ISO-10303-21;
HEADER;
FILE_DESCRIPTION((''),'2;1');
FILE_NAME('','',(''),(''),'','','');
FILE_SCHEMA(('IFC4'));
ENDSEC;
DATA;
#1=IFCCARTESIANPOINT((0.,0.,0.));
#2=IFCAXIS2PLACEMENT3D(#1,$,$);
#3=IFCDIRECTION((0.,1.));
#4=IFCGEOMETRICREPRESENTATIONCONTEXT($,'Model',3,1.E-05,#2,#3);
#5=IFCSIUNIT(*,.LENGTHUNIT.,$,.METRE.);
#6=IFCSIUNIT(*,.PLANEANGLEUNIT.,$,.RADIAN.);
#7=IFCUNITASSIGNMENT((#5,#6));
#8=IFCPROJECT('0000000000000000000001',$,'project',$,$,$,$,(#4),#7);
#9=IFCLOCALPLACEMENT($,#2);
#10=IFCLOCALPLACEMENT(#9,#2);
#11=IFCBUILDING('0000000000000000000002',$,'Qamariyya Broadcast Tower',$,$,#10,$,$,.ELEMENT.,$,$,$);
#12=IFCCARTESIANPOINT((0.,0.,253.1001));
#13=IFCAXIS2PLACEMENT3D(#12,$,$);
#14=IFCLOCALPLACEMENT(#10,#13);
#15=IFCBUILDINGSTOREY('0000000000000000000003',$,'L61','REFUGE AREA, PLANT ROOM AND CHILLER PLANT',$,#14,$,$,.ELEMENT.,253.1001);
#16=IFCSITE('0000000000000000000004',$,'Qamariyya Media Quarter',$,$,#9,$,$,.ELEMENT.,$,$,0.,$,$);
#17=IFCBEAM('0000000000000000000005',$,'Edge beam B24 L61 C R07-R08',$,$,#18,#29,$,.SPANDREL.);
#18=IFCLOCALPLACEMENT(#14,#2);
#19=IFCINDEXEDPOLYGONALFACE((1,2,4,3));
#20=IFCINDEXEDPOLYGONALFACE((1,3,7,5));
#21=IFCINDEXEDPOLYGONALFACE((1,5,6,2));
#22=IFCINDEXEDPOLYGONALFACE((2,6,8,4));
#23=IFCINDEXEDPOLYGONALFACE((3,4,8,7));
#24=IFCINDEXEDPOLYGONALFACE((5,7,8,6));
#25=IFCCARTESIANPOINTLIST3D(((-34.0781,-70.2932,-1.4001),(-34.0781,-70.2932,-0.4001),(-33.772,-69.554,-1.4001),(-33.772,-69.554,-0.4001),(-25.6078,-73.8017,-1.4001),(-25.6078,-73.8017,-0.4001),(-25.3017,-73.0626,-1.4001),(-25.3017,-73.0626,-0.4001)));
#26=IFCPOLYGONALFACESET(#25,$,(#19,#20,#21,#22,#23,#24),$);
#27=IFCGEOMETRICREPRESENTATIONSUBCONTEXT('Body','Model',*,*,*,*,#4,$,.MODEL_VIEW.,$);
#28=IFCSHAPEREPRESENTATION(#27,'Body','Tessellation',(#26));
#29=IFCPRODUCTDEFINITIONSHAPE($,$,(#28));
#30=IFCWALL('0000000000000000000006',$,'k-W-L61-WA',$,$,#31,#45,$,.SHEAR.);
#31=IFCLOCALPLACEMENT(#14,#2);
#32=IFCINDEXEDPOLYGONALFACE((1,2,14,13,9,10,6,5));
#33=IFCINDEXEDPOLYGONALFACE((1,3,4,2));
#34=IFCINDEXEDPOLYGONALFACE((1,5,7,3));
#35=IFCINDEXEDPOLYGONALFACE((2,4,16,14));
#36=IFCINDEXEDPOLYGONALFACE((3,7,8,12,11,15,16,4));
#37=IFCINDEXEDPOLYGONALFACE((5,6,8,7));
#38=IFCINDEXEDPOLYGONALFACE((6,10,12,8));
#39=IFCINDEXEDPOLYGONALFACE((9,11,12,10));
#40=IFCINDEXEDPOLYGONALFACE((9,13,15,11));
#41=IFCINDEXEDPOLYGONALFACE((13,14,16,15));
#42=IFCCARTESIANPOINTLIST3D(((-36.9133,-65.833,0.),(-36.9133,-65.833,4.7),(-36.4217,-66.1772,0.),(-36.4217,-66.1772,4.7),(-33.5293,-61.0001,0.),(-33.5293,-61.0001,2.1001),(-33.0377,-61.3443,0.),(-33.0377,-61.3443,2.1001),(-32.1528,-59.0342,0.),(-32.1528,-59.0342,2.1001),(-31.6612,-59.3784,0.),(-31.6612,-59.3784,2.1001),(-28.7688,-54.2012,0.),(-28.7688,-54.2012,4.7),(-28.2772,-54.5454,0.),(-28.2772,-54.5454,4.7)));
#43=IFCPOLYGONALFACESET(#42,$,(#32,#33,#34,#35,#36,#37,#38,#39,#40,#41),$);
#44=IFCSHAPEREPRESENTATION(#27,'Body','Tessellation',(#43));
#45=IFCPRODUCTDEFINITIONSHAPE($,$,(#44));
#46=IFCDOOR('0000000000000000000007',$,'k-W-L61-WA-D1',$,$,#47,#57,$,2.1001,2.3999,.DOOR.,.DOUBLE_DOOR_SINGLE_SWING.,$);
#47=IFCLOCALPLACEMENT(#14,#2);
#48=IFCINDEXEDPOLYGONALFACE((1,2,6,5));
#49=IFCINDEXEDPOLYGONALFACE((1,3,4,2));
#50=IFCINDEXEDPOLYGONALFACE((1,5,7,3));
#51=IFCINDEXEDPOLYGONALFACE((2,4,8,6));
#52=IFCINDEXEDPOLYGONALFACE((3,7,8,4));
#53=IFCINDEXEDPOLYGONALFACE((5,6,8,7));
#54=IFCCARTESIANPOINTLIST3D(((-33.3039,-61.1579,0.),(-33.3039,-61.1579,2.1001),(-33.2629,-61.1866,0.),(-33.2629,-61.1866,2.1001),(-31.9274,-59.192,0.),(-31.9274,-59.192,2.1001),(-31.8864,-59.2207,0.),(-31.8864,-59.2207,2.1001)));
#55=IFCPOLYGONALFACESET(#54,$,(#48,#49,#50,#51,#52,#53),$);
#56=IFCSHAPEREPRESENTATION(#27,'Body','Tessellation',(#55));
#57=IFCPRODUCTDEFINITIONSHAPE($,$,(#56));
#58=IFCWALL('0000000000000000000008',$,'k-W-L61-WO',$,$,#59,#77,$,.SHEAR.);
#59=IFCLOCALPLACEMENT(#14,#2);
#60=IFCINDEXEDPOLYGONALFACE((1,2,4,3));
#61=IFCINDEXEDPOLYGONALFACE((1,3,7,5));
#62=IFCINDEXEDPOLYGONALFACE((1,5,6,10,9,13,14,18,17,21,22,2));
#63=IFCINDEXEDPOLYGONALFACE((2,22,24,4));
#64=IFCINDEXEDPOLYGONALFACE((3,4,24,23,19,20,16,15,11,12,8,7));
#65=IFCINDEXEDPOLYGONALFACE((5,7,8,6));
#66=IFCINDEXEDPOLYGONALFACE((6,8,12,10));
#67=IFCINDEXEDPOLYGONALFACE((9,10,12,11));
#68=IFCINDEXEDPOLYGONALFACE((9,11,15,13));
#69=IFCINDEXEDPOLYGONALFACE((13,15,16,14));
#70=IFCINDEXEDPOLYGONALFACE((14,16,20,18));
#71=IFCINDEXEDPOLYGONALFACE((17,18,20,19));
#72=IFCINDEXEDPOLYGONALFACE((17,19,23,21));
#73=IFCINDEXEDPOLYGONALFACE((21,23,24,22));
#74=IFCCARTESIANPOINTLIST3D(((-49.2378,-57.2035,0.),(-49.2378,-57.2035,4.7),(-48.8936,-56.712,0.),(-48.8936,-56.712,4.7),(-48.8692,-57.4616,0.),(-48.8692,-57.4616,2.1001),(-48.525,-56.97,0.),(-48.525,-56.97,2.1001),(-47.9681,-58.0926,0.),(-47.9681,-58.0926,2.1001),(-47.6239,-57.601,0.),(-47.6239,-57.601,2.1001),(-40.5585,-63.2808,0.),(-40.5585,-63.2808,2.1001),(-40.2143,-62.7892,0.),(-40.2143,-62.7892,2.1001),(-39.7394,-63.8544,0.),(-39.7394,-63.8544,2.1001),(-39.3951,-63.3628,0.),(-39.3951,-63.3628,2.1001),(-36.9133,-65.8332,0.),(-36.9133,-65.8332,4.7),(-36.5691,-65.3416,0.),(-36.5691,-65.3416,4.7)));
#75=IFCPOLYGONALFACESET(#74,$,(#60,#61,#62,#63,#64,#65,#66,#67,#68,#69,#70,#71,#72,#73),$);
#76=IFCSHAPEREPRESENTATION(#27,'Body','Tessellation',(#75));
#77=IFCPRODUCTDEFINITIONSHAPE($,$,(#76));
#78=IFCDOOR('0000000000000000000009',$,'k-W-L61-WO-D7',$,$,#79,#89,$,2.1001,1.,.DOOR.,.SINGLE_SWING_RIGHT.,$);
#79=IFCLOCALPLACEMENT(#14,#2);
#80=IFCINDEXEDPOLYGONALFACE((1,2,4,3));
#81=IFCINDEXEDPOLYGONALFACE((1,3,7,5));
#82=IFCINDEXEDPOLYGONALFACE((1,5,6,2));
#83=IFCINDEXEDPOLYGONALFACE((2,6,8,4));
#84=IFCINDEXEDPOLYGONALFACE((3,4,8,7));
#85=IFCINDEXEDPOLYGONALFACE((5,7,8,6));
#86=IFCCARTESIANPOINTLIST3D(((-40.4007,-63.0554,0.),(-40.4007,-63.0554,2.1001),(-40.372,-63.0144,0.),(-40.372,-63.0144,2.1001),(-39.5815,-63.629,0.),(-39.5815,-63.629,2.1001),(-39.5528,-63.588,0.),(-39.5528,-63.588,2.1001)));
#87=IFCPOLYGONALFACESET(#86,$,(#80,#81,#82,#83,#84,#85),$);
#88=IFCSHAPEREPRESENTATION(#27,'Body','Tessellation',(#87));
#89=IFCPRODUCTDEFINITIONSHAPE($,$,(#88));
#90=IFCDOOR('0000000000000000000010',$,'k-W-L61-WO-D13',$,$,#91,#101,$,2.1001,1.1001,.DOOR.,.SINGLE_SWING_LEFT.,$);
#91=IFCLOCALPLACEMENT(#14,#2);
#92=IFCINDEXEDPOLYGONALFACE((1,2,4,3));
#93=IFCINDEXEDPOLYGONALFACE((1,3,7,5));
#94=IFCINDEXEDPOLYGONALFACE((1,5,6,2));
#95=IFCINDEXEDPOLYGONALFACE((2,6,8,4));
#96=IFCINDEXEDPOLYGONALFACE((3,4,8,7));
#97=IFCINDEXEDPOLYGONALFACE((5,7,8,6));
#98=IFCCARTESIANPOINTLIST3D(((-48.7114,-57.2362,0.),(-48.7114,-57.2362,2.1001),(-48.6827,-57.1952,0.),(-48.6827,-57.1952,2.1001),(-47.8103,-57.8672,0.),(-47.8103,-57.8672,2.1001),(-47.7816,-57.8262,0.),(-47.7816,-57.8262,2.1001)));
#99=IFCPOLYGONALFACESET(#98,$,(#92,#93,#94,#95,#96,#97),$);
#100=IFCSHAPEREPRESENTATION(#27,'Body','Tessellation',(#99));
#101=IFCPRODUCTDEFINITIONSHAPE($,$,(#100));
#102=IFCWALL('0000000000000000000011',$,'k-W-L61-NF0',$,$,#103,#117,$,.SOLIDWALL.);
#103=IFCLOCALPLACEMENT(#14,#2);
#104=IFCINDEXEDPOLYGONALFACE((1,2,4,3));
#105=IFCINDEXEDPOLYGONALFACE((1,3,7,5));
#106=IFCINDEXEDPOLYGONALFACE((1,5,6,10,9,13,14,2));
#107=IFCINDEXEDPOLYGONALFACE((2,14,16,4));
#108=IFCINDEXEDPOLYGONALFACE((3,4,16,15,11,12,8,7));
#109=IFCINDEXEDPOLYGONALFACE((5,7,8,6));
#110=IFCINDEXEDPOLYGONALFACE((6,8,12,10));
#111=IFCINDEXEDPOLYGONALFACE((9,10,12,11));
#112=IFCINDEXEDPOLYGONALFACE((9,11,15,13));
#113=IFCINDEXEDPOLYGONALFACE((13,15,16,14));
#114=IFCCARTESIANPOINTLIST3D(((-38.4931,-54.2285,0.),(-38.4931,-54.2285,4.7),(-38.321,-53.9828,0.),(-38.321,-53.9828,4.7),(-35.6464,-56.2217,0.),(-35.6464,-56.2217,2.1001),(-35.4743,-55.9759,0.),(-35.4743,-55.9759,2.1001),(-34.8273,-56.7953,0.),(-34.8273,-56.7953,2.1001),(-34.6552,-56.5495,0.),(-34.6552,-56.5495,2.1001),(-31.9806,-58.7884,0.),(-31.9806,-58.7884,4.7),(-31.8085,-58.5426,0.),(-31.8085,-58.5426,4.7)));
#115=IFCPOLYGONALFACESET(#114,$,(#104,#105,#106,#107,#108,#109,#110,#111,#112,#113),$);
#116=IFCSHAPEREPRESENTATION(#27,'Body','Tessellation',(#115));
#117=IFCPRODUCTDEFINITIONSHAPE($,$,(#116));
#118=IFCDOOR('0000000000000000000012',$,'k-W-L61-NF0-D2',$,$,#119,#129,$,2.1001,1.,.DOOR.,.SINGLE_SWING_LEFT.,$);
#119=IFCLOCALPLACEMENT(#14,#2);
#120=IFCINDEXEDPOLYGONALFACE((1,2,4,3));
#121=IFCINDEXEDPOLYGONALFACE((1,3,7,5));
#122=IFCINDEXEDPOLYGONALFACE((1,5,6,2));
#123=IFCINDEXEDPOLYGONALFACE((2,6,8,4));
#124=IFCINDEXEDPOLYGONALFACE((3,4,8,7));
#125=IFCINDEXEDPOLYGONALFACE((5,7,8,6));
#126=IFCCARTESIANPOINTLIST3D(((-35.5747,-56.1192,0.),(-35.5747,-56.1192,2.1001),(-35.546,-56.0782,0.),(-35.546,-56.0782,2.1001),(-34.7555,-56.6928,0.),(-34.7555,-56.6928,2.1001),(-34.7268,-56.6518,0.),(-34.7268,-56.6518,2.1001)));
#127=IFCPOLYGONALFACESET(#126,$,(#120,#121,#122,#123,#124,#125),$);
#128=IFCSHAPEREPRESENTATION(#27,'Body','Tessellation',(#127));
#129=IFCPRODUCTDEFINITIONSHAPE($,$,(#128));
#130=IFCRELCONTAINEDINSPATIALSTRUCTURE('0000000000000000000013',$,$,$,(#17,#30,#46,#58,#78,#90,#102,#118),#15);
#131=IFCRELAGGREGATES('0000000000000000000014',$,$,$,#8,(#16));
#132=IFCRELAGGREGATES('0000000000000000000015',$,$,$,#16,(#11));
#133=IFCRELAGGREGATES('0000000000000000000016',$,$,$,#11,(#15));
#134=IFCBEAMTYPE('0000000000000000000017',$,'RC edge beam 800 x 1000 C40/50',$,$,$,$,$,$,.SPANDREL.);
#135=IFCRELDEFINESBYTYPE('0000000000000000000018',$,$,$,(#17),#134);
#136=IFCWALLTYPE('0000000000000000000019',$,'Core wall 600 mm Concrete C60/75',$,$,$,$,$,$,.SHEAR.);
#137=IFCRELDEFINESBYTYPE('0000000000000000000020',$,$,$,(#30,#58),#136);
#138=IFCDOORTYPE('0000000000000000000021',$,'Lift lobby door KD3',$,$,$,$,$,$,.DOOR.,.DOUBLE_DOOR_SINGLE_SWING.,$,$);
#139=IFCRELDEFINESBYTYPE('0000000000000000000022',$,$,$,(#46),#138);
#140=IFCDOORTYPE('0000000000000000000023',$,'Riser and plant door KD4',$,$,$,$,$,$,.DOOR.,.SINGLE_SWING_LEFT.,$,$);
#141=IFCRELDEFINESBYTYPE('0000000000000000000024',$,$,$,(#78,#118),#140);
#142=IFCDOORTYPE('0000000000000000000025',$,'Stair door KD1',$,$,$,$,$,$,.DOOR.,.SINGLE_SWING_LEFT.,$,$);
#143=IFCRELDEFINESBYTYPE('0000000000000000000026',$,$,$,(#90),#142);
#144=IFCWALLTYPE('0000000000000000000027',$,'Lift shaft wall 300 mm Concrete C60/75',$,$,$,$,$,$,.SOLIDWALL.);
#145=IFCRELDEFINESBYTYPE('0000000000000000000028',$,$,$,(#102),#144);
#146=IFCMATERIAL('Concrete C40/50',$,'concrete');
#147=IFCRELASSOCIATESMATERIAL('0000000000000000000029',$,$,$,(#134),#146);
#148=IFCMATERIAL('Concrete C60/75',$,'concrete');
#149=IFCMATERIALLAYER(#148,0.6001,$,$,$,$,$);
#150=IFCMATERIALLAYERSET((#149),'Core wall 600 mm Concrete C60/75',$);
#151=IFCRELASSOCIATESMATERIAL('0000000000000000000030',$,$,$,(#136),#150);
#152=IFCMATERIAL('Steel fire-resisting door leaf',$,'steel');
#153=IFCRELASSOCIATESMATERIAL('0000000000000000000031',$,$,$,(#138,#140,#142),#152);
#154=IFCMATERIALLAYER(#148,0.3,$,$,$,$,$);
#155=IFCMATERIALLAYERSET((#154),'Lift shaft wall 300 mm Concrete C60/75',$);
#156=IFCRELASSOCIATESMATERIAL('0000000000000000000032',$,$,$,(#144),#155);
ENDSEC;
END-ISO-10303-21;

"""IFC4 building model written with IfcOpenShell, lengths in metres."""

from ifc_helpers import new_model, si_unit, direction, frame, frame_2d, origin, origin_2d, place, context, subcontext, project, spatial, rectangle, extrude, material, layer, layer_set, material_profile, profile_set, type_object, element, fill, save


model = new_model("IFC4")

# Units and contexts
model_context = context("Model", 3, precision=1e-05, world=origin(), true_north=direction((0.0, 1.0)))
body_context = subcontext(model_context, "Body", "Model", "MODEL_VIEW")
ifc_project = project(units=[si_unit("LENGTHUNIT", "METRE"), si_unit("PLANEANGLEUNIT", "RADIAN")], contexts=[model_context])

# Site, building, storey
site_placement = place(None, origin())
site = spatial("IfcSite", under=ifc_project, at=site_placement, Name="Qamariyya Media Quarter", CompositionType="ELEMENT", RefElevation=0.0)
building_placement = place(site_placement, origin())
building = spatial("IfcBuilding", under=site, at=building_placement, Name="Qamariyya Broadcast Tower", CompositionType="ELEMENT")
storey_placement = place(building_placement, frame((0.0, 0.0, 253.1001)))
storey = spatial("IfcBuildingStorey", under=building, at=storey_placement, Name="L61", Description="REFUGE AREA, PLANT ROOM AND CHILLER PLANT", CompositionType="ELEMENT", Elevation=253.1001)

# Shared definitions
ifc_material_1 = material(Name="Concrete C60/75", Category="concrete")

# Beam
ifc_material_2 = material(Name="Concrete C40/50", Category="concrete")
ifc_material_profile_1 = material_profile(ifc_material_2, rectangle(XDim=0.8, YDim=1.0, at=origin_2d()))
ifc_profile_set_1 = profile_set([ifc_material_profile_1], Name="Concrete C40/50")
beam_type = type_object("IfcBeamType", Name="RC edge beam 800 x 1000 C40/50", PredefinedType="SPANDREL", material=ifc_profile_set_1)
beam_placement = place(storey_placement, frame((-33.925, -69.9236, -0.9001), z_axis=(0.923877, -0.38269, 0.0), x_axis=(0.38269, 0.923877, 0.0)))
element("IfcBeam", 1, at=beam_placement, inside=storey, type_object=beam_type, Name="Edge beam B24 L61 C R07-R08", PredefinedType="SPANDREL", context=body_context, shape_type="SweptSolid", body=[
    extrude(rectangle(XDim=0.8, YDim=1.0, at=origin_2d()), origin(), (0.0, 0.0, 1.0), 9.1682),
])

# Wall, opening, door
ifc_layer_1 = layer(ifc_material_1, 0.6001)
ifc_layer_set_1 = layer_set([ifc_layer_1], Name="Core wall 600 mm Concrete C60/75")
wall_type_1 = type_object("IfcWallType", Name="Core wall 600 mm Concrete C60/75", PredefinedType="SHEAR", material=ifc_layer_set_1)
wall_1_placement = place(storey_placement, frame((-36.6675, -66.0051, 0.0), z_axis=(0.0, 0.0, 1.0), x_axis=(0.573568, 0.819158, 0.0)))
wall_1 = element("IfcWall", 2, at=wall_1_placement, inside=storey, type_object=wall_type_1, Name="k-W-L61-WA", PredefinedType="SHEAR", context=body_context, shape_type="SweptSolid", body=[
    extrude(rectangle(XDim=14.1997, YDim=0.6001, at=frame_2d((7.0999, 0.0))), origin(), (0.0, 0.0, 1.0), 4.7),
])
opening_1_placement = place(wall_1_placement, frame((5.8999, 0.0, 0.0)))
opening_1 = element("IfcOpeningElement", 3, at=opening_1_placement, cuts=wall_1, PredefinedType="OPENING", context=body_context, shape_type="SweptSolid", body=[
    extrude(rectangle(XDim=2.3999, YDim=2.1001, at=frame_2d((1.2, 1.05))), frame((0.0, 0.3101, 0.0), z_axis=(0.0, -1.0, 0.0), x_axis=(1.0, 0.0, 0.0)), (0.0, 0.0, 1.0), 0.6201),
])
ifc_material_3 = material(Name="Steel fire-resisting door leaf", Category="steel")
door_type_1 = type_object("IfcDoorType", Name="Lift lobby door KD3", OperationType="DOUBLE_DOOR_SINGLE_SWING", PredefinedType="DOOR", material=ifc_material_3)
door_1_placement = place(opening_1_placement, origin())
door_1 = element("IfcDoor", 4, at=door_1_placement, inside=storey, type_object=door_type_1, Name="k-W-L61-WA-D1", OperationType="DOUBLE_DOOR_SINGLE_SWING", OverallHeight=2.1001, OverallWidth=2.3999, PredefinedType="DOOR", context=body_context, shape_type="SweptSolid", body=[
    extrude(rectangle(XDim=2.3999, YDim=2.1001, at=frame_2d((1.2, 1.05))), frame((0.0, 0.0249, 0.0), z_axis=(0.0, -1.0, 0.0), x_axis=(1.0, 0.0, 0.0)), (0.0, 0.0, 1.0), 0.05),
])
fill(opening_1, door_1)

# Wall, openings, doors
wall_2_placement = place(storey_placement, frame((-36.7412, -65.5874, 0.0), z_axis=(0.0, 0.0, 1.0), x_axis=(-0.819153, 0.573575, 0.0)))
wall_2 = element("IfcWall", 5, at=wall_2_placement, inside=storey, type_object=wall_type_1, Name="k-W-L61-WO", PredefinedType="SHEAR", context=body_context, shape_type="SweptSolid", body=[
    extrude(rectangle(XDim=15.0454, YDim=0.6001, at=frame_2d((7.5227, 0.0))), origin(), (0.0, 0.0, 1.0), 4.7),
])
opening_2_placement = place(wall_2_placement, frame((3.45, 0.0, 0.0)))
opening_2 = element("IfcOpeningElement", 6, at=opening_2_placement, cuts=wall_2, PredefinedType="OPENING", context=body_context, shape_type="SweptSolid", body=[
    extrude(rectangle(XDim=1.0, YDim=2.1001, at=frame_2d((0.5, 1.05))), frame((0.0, 0.3101, 0.0), z_axis=(0.0, -1.0, 0.0), x_axis=(1.0, 0.0, 0.0)), (0.0, 0.0, 1.0), 0.6201),
])
opening_3_placement = place(wall_2_placement, frame((13.4954, 0.0, 0.0)))
opening_3 = element("IfcOpeningElement", 7, at=opening_3_placement, cuts=wall_2, PredefinedType="OPENING", context=body_context, shape_type="SweptSolid", body=[
    extrude(rectangle(XDim=1.1001, YDim=2.1001, at=frame_2d((0.55, 1.05))), frame((0.0, 0.3101, 0.0), z_axis=(0.0, -1.0, 0.0), x_axis=(1.0, 0.0, 0.0)), (0.0, 0.0, 1.0), 0.6201),
])
door_type_2 = type_object("IfcDoorType", Name="Riser and plant door KD4", OperationType="SINGLE_SWING_LEFT", PredefinedType="DOOR", material=ifc_material_3)
door_2_placement = place(opening_2_placement, origin())
door_2 = element("IfcDoor", 8, at=door_2_placement, inside=storey, type_object=door_type_2, Name="k-W-L61-WO-D7", OperationType="SINGLE_SWING_RIGHT", OverallHeight=2.1001, OverallWidth=1.0, PredefinedType="DOOR", context=body_context, shape_type="SweptSolid", body=[
    extrude(rectangle(XDim=1.0, YDim=2.1001, at=frame_2d((0.5, 1.05))), frame((0.0, 0.0249, 0.0), z_axis=(0.0, -1.0, 0.0), x_axis=(1.0, 0.0, 0.0)), (0.0, 0.0, 1.0), 0.05),
])
fill(opening_2, door_2)
door_type_3 = type_object("IfcDoorType", Name="Stair door KD1", OperationType="SINGLE_SWING_LEFT", PredefinedType="DOOR", material=ifc_material_3)
door_3_placement = place(opening_3_placement, origin())
door_3 = element("IfcDoor", 9, at=door_3_placement, inside=storey, type_object=door_type_3, Name="k-W-L61-WO-D13", OperationType="SINGLE_SWING_LEFT", OverallHeight=2.1001, OverallWidth=1.1001, PredefinedType="DOOR", context=body_context, shape_type="SweptSolid", body=[
    extrude(rectangle(XDim=1.1001, YDim=2.1001, at=frame_2d((0.55, 1.05))), frame((0.0, 0.0249, 0.0), z_axis=(0.0, -1.0, 0.0), x_axis=(1.0, 0.0, 0.0)), (0.0, 0.0, 1.0), 0.05),
])
fill(opening_3, door_3)

# Wall, opening, door
ifc_layer_2 = layer(ifc_material_1, 0.3)
ifc_layer_set_2 = layer_set([ifc_layer_2], Name="Lift shaft wall 300 mm Concrete C60/75")
wall_type_2 = type_object("IfcWallType", Name="Lift shaft wall 300 mm Concrete C60/75", PredefinedType="SOLIDWALL", material=ifc_layer_set_2)
wall_3_placement = place(storey_placement, frame((-31.8945, -58.6655, 0.0), z_axis=(0.0, 0.0, 1.0), x_axis=(-0.819167, 0.573555, 0.0)))
wall_3 = element("IfcWall", 10, at=wall_3_placement, inside=storey, type_object=wall_type_2, Name="k-W-L61-NF0", PredefinedType="SOLIDWALL", context=body_context, shape_type="SweptSolid", body=[
    extrude(rectangle(XDim=7.9502, YDim=0.3, at=frame_2d((3.9751, 0.0))), origin(), (0.0, 0.0, 1.0), 4.7),
])
opening_4_placement = place(wall_3_placement, frame((3.4751, 0.0, 0.0)))
opening_4 = element("IfcOpeningElement", 11, at=opening_4_placement, cuts=wall_3, PredefinedType="OPENING", context=body_context, shape_type="SweptSolid", body=[
    extrude(rectangle(XDim=1.0, YDim=2.1001, at=frame_2d((0.5, 1.05))), frame((0.0, 0.1599, 0.0), z_axis=(0.0, -1.0, 0.0), x_axis=(1.0, 0.0, 0.0)), (0.0, 0.0, 1.0), 0.3201),
])
door_4_placement = place(opening_4_placement, origin())
door_4 = element("IfcDoor", 12, at=door_4_placement, inside=storey, type_object=door_type_2, Name="k-W-L61-NF0-D2", OperationType="SINGLE_SWING_LEFT", OverallHeight=2.1001, OverallWidth=1.0, PredefinedType="DOOR", context=body_context, shape_type="SweptSolid", body=[
    extrude(rectangle(XDim=1.0, YDim=2.1001, at=frame_2d((0.5, 1.05))), frame((0.0, 0.0249, 0.0), z_axis=(0.0, -1.0, 0.0), x_axis=(1.0, 0.0, 0.0)), (0.0, 0.0, 1.0), 0.05),
])
fill(opening_4, door_4)

save(model, "model.ifc")
